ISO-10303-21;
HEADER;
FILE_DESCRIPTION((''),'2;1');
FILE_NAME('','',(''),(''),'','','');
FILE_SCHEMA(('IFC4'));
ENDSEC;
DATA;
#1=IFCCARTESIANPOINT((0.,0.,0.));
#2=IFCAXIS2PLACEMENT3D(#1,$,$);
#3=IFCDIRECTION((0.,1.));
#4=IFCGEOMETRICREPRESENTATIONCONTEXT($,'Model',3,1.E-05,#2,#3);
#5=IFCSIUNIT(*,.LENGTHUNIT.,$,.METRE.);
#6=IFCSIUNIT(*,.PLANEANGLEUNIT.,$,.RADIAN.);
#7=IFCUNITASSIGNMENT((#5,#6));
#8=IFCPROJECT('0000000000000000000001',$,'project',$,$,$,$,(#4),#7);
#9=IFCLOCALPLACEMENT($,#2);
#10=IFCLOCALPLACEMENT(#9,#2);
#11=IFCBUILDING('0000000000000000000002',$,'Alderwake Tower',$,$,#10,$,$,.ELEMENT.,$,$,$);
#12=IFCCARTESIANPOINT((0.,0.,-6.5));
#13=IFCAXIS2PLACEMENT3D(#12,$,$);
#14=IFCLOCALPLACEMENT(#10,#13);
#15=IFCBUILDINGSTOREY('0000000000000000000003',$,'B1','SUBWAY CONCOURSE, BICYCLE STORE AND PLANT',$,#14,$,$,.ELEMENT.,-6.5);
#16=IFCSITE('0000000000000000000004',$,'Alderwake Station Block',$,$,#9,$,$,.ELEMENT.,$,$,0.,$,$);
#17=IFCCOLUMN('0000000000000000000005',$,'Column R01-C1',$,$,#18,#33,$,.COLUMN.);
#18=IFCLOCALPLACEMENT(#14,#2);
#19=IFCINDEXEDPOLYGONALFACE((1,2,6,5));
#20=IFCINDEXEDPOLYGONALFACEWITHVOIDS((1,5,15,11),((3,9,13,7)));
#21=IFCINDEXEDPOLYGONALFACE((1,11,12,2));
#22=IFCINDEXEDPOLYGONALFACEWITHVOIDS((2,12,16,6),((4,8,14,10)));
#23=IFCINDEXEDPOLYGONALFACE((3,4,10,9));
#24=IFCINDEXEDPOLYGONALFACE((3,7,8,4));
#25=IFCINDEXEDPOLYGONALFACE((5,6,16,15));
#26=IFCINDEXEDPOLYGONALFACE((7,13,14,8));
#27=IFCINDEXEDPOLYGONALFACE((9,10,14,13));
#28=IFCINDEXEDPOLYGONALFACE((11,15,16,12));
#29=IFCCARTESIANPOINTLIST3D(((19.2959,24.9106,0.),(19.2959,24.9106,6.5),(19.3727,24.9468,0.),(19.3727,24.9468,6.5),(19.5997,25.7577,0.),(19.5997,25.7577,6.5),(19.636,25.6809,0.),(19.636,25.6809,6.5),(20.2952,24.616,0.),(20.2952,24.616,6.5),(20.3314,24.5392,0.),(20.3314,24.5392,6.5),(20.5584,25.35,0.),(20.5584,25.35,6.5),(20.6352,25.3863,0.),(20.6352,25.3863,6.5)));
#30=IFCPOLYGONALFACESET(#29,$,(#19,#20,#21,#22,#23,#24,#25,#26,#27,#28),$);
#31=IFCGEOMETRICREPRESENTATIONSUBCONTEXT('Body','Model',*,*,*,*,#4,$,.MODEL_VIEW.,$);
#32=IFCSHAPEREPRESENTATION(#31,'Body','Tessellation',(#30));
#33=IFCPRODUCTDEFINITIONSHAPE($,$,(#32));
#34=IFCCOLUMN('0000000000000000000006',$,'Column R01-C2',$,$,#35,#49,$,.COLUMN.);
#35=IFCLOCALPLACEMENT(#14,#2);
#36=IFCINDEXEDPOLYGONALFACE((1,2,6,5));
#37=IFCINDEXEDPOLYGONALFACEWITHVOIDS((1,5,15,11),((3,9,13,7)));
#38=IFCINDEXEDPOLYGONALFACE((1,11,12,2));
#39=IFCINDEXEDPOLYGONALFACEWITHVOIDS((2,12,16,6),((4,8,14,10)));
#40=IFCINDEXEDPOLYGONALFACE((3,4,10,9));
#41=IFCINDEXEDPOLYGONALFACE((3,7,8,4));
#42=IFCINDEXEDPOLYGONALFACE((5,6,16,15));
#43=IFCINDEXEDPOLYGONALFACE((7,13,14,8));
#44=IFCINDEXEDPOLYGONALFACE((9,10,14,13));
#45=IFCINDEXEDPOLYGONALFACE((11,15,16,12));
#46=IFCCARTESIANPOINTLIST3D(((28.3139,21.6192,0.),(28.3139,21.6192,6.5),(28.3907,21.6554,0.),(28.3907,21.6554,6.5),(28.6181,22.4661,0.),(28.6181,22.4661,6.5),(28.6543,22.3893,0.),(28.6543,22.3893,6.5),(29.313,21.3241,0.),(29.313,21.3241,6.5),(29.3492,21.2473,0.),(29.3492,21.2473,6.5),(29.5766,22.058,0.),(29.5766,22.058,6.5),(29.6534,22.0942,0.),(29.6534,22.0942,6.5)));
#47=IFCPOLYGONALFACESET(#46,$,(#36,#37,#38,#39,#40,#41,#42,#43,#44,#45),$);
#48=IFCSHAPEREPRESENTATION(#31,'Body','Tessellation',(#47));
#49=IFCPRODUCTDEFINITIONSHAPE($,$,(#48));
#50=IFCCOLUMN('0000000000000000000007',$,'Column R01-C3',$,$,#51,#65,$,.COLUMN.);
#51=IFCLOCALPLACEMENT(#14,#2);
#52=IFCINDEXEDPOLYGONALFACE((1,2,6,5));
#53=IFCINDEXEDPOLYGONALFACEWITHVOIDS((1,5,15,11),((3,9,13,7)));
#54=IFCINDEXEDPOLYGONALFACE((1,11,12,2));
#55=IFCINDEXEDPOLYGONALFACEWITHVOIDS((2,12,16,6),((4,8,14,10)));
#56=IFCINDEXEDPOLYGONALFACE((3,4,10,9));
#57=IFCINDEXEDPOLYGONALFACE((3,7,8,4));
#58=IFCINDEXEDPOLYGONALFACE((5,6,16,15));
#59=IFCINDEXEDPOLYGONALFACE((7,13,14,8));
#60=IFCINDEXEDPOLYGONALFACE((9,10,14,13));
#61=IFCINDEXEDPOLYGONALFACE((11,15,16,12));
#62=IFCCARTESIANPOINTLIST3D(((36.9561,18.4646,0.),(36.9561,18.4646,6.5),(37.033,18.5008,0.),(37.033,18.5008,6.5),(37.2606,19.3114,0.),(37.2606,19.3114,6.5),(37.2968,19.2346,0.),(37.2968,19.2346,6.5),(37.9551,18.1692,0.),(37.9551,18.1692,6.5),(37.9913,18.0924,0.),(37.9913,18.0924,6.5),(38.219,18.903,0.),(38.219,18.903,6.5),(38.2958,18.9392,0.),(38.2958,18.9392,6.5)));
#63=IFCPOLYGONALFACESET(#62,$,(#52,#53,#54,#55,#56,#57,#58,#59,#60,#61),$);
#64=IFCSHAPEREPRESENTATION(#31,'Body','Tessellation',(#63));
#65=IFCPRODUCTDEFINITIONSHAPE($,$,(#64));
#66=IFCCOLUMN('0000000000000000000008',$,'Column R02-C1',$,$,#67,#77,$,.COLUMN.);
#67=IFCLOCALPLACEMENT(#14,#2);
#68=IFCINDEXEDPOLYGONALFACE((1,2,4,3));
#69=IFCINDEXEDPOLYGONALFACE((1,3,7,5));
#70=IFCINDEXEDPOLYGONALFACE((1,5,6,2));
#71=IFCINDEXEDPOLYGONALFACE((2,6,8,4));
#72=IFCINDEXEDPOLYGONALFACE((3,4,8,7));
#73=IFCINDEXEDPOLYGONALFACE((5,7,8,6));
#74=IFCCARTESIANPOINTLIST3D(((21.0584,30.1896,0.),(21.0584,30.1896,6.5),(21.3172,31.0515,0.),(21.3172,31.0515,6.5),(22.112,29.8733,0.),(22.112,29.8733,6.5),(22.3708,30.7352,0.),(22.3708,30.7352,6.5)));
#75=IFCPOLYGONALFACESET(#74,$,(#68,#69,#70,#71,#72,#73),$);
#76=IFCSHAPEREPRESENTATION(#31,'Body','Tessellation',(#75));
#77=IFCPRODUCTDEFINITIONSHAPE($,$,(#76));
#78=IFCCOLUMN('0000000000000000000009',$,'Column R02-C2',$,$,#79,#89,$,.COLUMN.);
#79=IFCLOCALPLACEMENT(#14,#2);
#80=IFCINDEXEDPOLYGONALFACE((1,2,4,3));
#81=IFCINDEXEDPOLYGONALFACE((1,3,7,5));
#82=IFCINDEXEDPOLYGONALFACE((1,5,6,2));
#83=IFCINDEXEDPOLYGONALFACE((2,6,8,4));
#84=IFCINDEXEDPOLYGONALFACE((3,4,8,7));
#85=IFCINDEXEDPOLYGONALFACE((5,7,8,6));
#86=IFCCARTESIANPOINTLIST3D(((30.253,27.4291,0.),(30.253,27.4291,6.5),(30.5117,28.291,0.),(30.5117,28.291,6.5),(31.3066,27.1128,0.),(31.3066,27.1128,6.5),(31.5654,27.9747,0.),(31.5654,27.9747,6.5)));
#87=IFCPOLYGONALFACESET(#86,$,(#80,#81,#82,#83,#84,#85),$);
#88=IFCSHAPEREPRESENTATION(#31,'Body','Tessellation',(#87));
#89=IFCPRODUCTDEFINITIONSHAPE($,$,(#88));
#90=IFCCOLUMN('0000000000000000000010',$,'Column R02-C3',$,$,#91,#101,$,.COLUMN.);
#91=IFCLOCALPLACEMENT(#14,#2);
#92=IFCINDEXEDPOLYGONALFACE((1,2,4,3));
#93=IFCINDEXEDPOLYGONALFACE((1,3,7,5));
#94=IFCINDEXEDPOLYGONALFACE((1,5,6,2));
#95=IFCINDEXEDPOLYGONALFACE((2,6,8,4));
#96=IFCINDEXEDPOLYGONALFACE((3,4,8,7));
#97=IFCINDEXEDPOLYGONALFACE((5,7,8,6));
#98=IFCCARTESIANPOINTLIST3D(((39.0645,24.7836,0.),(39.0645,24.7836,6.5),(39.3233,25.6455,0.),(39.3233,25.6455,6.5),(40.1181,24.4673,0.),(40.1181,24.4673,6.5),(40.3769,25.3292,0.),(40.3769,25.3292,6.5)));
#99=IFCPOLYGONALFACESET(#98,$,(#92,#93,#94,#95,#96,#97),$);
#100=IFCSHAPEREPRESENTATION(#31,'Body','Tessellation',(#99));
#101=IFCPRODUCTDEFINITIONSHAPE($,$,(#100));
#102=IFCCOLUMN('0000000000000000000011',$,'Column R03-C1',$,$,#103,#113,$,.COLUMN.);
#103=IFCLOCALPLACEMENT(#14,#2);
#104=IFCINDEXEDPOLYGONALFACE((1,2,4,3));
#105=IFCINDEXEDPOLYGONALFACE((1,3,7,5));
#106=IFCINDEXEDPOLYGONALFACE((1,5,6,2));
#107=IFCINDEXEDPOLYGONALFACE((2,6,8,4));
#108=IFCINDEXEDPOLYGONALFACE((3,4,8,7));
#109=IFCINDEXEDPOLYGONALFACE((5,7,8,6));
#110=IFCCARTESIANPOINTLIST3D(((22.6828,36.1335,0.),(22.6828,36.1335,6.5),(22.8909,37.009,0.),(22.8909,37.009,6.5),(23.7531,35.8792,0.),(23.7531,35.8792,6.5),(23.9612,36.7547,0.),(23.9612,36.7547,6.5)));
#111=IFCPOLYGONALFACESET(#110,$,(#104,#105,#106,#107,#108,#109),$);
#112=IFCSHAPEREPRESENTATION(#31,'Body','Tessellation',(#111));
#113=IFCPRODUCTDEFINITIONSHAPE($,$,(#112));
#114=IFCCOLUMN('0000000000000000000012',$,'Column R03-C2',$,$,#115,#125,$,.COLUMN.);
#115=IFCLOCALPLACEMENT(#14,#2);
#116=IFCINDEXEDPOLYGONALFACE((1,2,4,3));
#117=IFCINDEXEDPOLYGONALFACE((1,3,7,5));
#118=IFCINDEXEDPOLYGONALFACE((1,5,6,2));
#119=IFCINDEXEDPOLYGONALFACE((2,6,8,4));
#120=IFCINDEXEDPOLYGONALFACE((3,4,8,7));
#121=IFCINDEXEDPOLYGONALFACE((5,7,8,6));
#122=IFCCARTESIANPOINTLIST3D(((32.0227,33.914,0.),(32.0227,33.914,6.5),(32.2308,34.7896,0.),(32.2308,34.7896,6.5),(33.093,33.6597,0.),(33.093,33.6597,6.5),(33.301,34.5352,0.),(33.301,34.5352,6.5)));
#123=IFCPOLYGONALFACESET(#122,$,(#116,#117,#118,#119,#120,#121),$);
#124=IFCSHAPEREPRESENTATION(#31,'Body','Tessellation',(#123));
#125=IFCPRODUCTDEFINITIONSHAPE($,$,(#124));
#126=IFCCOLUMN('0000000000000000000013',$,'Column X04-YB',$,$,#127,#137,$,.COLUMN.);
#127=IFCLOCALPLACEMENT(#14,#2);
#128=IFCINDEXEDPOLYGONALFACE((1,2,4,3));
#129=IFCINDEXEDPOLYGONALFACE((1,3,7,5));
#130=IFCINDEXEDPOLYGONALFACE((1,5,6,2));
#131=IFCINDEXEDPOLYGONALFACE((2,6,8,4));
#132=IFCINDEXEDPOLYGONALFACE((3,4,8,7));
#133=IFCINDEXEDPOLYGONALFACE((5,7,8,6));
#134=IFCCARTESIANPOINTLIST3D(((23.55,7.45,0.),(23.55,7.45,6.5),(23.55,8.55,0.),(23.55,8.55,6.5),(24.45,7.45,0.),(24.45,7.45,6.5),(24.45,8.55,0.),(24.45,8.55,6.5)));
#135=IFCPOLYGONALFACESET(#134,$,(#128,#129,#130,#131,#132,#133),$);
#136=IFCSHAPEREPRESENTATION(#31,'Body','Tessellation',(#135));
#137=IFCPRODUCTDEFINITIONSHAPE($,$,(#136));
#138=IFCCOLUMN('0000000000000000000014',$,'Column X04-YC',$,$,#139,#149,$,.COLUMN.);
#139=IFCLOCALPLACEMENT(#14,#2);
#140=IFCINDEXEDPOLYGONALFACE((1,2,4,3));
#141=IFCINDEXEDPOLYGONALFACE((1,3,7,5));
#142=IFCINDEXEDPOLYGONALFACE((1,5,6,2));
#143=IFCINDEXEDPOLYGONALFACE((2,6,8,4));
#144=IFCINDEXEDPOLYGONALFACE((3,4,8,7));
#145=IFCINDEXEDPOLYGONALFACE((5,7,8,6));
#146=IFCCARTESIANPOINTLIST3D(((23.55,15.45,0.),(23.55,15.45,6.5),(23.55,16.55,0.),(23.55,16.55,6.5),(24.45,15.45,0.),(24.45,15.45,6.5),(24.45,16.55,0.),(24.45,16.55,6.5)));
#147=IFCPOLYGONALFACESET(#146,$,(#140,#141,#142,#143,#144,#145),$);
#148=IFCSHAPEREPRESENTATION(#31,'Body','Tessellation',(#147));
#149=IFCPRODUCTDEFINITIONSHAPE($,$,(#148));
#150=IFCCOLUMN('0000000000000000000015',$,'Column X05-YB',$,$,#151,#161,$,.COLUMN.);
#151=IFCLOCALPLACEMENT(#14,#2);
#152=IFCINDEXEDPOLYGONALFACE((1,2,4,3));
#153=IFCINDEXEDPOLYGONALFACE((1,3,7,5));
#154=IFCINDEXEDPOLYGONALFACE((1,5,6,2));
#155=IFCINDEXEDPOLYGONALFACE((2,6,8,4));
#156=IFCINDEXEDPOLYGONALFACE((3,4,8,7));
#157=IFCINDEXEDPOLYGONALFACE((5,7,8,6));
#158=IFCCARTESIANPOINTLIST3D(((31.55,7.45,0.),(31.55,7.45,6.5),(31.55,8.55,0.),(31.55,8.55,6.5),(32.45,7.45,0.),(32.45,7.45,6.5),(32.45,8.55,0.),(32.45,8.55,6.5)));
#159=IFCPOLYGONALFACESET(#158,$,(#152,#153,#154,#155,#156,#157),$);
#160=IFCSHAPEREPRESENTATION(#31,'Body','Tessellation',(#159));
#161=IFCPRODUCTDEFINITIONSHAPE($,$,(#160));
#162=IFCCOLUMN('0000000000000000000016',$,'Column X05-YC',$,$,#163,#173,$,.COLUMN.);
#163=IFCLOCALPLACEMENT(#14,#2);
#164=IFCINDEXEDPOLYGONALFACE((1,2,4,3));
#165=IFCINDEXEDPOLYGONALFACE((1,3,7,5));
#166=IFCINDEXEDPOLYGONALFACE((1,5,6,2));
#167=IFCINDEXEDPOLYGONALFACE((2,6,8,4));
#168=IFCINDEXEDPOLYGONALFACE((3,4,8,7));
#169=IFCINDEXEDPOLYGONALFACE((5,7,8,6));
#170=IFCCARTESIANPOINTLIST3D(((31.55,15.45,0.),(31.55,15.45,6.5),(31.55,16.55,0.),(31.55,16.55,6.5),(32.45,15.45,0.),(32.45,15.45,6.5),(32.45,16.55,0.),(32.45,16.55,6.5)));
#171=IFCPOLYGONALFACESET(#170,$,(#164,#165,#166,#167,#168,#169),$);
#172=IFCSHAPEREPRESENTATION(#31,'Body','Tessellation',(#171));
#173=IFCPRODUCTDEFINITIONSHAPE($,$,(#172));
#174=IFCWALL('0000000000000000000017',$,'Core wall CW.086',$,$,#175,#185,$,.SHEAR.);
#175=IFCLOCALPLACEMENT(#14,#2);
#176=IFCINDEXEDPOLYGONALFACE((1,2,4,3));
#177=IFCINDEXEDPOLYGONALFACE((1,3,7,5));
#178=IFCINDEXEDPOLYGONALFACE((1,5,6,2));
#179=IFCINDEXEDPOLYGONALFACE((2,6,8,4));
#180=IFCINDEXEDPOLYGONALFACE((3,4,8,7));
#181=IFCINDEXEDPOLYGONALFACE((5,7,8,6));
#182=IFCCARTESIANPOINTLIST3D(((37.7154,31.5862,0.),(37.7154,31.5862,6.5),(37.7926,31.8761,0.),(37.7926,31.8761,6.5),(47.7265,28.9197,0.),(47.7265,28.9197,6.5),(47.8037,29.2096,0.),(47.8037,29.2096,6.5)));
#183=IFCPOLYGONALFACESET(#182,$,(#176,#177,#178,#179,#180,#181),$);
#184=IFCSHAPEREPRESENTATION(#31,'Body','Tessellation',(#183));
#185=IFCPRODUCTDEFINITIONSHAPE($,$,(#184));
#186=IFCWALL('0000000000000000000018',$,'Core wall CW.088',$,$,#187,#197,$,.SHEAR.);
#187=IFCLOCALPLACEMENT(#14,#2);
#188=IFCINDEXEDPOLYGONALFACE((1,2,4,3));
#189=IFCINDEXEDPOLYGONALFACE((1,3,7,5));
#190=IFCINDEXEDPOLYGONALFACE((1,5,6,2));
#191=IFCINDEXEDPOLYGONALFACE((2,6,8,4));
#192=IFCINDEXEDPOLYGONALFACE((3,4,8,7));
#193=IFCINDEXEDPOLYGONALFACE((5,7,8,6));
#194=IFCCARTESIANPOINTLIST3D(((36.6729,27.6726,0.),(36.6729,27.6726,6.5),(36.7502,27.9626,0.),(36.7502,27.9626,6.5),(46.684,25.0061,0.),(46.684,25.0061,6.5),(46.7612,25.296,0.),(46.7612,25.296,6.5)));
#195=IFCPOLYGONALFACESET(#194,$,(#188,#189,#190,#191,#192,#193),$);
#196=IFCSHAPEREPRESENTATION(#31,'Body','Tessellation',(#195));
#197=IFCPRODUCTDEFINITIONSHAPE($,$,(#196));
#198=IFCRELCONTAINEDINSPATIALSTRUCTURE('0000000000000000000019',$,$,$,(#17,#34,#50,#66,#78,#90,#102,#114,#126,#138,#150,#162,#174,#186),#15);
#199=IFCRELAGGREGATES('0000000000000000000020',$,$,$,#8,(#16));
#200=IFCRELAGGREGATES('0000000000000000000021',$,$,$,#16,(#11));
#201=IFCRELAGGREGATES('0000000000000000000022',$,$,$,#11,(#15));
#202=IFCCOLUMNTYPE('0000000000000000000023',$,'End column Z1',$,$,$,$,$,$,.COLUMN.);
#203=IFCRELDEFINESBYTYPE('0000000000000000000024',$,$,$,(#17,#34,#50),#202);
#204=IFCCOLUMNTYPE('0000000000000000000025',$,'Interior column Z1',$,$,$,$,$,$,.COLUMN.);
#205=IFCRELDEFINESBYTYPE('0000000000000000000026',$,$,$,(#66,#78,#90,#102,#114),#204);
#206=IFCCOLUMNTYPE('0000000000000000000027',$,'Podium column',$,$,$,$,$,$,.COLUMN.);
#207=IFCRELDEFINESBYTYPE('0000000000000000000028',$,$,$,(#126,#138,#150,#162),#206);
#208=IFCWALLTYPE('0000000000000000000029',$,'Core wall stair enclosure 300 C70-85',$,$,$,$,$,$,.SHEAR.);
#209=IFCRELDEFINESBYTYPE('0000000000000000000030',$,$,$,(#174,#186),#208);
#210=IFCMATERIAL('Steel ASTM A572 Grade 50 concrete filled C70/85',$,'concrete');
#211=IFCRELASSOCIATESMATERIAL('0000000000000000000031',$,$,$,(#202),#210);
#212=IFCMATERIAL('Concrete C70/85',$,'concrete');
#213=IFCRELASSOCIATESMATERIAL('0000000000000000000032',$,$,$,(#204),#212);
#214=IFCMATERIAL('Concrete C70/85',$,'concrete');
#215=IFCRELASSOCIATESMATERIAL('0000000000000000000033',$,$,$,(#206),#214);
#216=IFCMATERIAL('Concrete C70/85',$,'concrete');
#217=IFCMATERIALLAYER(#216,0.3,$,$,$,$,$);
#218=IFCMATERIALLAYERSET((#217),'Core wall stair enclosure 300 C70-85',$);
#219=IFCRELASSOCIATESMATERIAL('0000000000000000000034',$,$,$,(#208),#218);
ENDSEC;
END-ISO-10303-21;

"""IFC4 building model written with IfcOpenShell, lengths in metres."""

from ifc_helpers import new_model, si_unit, direction, frame, frame_2d, origin, origin_2d, place, context, subcontext, project, spatial, rectangle, hollow_rectangle, extrude, material, layer, layer_set, material_profile, profile_set, type_object, element, save


model = new_model("IFC4")

# Units and contexts
model_context = context("Model", 3, precision=1e-05, world=origin(), true_north=direction((0.0, 1.0)))
body_context = subcontext(model_context, "Body", "Model", "MODEL_VIEW")
ifc_project = project(units=[si_unit("LENGTHUNIT", "METRE"), si_unit("PLANEANGLEUNIT", "RADIAN")], contexts=[model_context])

# Site, building, storey
site_placement = place(None, origin())
site = spatial("IfcSite", under=ifc_project, at=site_placement, Name="Alderwake Station Block", CompositionType="ELEMENT", RefElevation=0.0)
building_placement = place(site_placement, origin())
building = spatial("IfcBuilding", under=site, at=building_placement, Name="Alderwake Tower", CompositionType="ELEMENT")
storey_placement = place(building_placement, frame((0.0, 0.0, -6.5)))
storey = spatial("IfcBuildingStorey", under=building, at=storey_placement, Name="B1", Description="SUBWAY CONCOURSE, BICYCLE STORE AND PLANT", CompositionType="ELEMENT", Elevation=-6.5)

# Columns
ifc_material_1 = material(Name="Steel ASTM A572 Grade 50 concrete filled C70/85", Category="concrete")
ifc_material_profile_1 = material_profile(ifc_material_1, hollow_rectangle(XDim=0.8999, YDim=1.1001, WallThickness=0.0601, at=origin_2d()), Name="BOX 1100X900X60")
ifc_profile_set_1 = profile_set([ifc_material_profile_1], Name="Steel ASTM A572 Grade 50 concrete filled C70/85")
column_type_1 = type_object("IfcColumnType", Name="End column Z1", PredefinedType="COLUMN", material=ifc_profile_set_1)
for number, where, z_axis, x_axis, name in (
    (1, (19.9656, 25.1484, 0.0), (0.0, 0.0, 1.0), (0.337585, 0.941295, 0.0), "Column R01-C1"),
    (2, (28.9836, 21.8567, 0.0), (0.0, 0.0, 1.0), (0.338027, 0.941136, 0.0), "Column R01-C2"),
    (3, (37.626, 18.7019, 0.0), (0.0, 0.0, 1.0), (0.338385, 0.941008, 0.0), "Column R01-C3"),
):
    element("IfcColumn", number, at=place(storey_placement, frame(where, z_axis=z_axis, x_axis=x_axis)), inside=storey, type_object=column_type_1, Name=name, PredefinedType="COLUMN", context=body_context, shape_type="SweptSolid", body=[
        extrude(hollow_rectangle(XDim=0.8999, YDim=1.1001, WallThickness=0.0601, at=origin_2d()), origin(), (0.0, 0.0, 1.0), 6.5),
    ])
ifc_material_2 = material(Name="Concrete C70/85", Category="concrete")
ifc_material_profile_2 = material_profile(ifc_material_2, rectangle(XDim=0.8999, YDim=1.1001, at=origin_2d()), Name="RC 1100X900")
ifc_profile_set_2 = profile_set([ifc_material_profile_2], Name="Concrete C70/85")
column_type_2 = type_object("IfcColumnType", Name="Interior column Z1", PredefinedType="COLUMN", material=ifc_profile_set_2)
for number, where, z_axis, x_axis, name in (
    (4, (21.7146, 30.4624, 0.0), (0.0, 0.0, 1.0), (0.287549, 0.957766, 0.0), "Column R02-C1"),
    (5, (30.9092, 27.7019, 0.0), (0.0, 0.0, 1.0), (0.287549, 0.957766, 0.0), "Column R02-C2"),
    (6, (39.7207, 25.0564, 0.0), (0.0, 0.0, 1.0), (0.287549, 0.957766, 0.0), "Column R02-C3"),
    (7, (23.322, 36.4441, 0.0), (0.0, 0.0, 1.0), (0.231222, 0.972901, 0.0), "Column R03-C1"),
    (8, (32.6619, 34.2246, 0.0), (0.0, 0.0, 1.0), (0.231222, 0.972901, 0.0), "Column R03-C2"),
):
    element("IfcColumn", number, at=place(storey_placement, frame(where, z_axis=z_axis, x_axis=x_axis)), inside=storey, type_object=column_type_2, Name=name, PredefinedType="COLUMN", context=body_context, shape_type="SweptSolid", body=[
        extrude(rectangle(XDim=0.8999, YDim=1.1001, at=origin_2d()), origin(), (0.0, 0.0, 1.0), 6.5),
    ])
ifc_material_3 = material(Name="Concrete C70/85", Category="concrete")
ifc_material_profile_3 = material_profile(ifc_material_3, rectangle(XDim=0.8999, YDim=1.1001, at=origin_2d()), Name="RC 1100X900")
ifc_profile_set_3 = profile_set([ifc_material_profile_3], Name="Concrete C70/85")
column_type_3 = type_object("IfcColumnType", Name="Podium column", PredefinedType="COLUMN", material=ifc_profile_set_3)
for number, where, z_axis, x_axis, name in (
    (9, (24.0, 8.0, 0.0), (0.0, 0.0, 1.0), (1.0, 0.0, 0.0), "Column X04-YB"),
    (10, (24.0, 16.0, 0.0), (0.0, 0.0, 1.0), (1.0, 0.0, 0.0), "Column X04-YC"),
    (11, (32.0, 8.0, 0.0), (0.0, 0.0, 1.0), (1.0, 0.0, 0.0), "Column X05-YB"),
    (12, (32.0, 16.0, 0.0), (0.0, 0.0, 1.0), (1.0, 0.0, 0.0), "Column X05-YC"),
):
    element("IfcColumn", number, at=place(storey_placement, frame(where, z_axis=z_axis, x_axis=x_axis)), inside=storey, type_object=column_type_3, Name=name, PredefinedType="COLUMN", context=body_context, shape_type="SweptSolid", body=[
        extrude(rectangle(XDim=0.8999, YDim=1.1001, at=origin_2d()), origin(), (0.0, 0.0, 1.0), 6.5),
    ])

# Walls
ifc_material_4 = material(Name="Concrete C70/85", Category="concrete")
ifc_layer_1 = layer(ifc_material_4, 0.3)
ifc_layer_set_1 = layer_set([ifc_layer_1], Name="Core wall stair enclosure 300 C70-85")
wall_type_1 = type_object("IfcWallType", Name="Core wall stair enclosure 300 C70-85", PredefinedType="SHEAR", material=ifc_layer_set_1)
for number, where, z_axis, x_axis, name in (
    (13, (37.7539, 31.7312, 0.0), (0.0, 0.0, 1.0), (0.966309, -0.257384, 0.0), "Core wall CW.086"),
    (14, (36.7114, 27.8176, 0.0), (0.0, 0.0, 1.0), (0.966309, -0.257384, 0.0), "Core wall CW.088"),
):
    element("IfcWall", number, at=place(storey_placement, frame(where, z_axis=z_axis, x_axis=x_axis)), inside=storey, type_object=wall_type_1, Name=name, PredefinedType="SHEAR", context=body_context, shape_type="SweptSolid", body=[
        extrude(rectangle(XDim=10.3601, YDim=0.3, at=frame_2d((5.1802, 0.0))), origin(), (0.0, 0.0, 1.0), 6.5),
    ])

save(model, "model.ifc")
